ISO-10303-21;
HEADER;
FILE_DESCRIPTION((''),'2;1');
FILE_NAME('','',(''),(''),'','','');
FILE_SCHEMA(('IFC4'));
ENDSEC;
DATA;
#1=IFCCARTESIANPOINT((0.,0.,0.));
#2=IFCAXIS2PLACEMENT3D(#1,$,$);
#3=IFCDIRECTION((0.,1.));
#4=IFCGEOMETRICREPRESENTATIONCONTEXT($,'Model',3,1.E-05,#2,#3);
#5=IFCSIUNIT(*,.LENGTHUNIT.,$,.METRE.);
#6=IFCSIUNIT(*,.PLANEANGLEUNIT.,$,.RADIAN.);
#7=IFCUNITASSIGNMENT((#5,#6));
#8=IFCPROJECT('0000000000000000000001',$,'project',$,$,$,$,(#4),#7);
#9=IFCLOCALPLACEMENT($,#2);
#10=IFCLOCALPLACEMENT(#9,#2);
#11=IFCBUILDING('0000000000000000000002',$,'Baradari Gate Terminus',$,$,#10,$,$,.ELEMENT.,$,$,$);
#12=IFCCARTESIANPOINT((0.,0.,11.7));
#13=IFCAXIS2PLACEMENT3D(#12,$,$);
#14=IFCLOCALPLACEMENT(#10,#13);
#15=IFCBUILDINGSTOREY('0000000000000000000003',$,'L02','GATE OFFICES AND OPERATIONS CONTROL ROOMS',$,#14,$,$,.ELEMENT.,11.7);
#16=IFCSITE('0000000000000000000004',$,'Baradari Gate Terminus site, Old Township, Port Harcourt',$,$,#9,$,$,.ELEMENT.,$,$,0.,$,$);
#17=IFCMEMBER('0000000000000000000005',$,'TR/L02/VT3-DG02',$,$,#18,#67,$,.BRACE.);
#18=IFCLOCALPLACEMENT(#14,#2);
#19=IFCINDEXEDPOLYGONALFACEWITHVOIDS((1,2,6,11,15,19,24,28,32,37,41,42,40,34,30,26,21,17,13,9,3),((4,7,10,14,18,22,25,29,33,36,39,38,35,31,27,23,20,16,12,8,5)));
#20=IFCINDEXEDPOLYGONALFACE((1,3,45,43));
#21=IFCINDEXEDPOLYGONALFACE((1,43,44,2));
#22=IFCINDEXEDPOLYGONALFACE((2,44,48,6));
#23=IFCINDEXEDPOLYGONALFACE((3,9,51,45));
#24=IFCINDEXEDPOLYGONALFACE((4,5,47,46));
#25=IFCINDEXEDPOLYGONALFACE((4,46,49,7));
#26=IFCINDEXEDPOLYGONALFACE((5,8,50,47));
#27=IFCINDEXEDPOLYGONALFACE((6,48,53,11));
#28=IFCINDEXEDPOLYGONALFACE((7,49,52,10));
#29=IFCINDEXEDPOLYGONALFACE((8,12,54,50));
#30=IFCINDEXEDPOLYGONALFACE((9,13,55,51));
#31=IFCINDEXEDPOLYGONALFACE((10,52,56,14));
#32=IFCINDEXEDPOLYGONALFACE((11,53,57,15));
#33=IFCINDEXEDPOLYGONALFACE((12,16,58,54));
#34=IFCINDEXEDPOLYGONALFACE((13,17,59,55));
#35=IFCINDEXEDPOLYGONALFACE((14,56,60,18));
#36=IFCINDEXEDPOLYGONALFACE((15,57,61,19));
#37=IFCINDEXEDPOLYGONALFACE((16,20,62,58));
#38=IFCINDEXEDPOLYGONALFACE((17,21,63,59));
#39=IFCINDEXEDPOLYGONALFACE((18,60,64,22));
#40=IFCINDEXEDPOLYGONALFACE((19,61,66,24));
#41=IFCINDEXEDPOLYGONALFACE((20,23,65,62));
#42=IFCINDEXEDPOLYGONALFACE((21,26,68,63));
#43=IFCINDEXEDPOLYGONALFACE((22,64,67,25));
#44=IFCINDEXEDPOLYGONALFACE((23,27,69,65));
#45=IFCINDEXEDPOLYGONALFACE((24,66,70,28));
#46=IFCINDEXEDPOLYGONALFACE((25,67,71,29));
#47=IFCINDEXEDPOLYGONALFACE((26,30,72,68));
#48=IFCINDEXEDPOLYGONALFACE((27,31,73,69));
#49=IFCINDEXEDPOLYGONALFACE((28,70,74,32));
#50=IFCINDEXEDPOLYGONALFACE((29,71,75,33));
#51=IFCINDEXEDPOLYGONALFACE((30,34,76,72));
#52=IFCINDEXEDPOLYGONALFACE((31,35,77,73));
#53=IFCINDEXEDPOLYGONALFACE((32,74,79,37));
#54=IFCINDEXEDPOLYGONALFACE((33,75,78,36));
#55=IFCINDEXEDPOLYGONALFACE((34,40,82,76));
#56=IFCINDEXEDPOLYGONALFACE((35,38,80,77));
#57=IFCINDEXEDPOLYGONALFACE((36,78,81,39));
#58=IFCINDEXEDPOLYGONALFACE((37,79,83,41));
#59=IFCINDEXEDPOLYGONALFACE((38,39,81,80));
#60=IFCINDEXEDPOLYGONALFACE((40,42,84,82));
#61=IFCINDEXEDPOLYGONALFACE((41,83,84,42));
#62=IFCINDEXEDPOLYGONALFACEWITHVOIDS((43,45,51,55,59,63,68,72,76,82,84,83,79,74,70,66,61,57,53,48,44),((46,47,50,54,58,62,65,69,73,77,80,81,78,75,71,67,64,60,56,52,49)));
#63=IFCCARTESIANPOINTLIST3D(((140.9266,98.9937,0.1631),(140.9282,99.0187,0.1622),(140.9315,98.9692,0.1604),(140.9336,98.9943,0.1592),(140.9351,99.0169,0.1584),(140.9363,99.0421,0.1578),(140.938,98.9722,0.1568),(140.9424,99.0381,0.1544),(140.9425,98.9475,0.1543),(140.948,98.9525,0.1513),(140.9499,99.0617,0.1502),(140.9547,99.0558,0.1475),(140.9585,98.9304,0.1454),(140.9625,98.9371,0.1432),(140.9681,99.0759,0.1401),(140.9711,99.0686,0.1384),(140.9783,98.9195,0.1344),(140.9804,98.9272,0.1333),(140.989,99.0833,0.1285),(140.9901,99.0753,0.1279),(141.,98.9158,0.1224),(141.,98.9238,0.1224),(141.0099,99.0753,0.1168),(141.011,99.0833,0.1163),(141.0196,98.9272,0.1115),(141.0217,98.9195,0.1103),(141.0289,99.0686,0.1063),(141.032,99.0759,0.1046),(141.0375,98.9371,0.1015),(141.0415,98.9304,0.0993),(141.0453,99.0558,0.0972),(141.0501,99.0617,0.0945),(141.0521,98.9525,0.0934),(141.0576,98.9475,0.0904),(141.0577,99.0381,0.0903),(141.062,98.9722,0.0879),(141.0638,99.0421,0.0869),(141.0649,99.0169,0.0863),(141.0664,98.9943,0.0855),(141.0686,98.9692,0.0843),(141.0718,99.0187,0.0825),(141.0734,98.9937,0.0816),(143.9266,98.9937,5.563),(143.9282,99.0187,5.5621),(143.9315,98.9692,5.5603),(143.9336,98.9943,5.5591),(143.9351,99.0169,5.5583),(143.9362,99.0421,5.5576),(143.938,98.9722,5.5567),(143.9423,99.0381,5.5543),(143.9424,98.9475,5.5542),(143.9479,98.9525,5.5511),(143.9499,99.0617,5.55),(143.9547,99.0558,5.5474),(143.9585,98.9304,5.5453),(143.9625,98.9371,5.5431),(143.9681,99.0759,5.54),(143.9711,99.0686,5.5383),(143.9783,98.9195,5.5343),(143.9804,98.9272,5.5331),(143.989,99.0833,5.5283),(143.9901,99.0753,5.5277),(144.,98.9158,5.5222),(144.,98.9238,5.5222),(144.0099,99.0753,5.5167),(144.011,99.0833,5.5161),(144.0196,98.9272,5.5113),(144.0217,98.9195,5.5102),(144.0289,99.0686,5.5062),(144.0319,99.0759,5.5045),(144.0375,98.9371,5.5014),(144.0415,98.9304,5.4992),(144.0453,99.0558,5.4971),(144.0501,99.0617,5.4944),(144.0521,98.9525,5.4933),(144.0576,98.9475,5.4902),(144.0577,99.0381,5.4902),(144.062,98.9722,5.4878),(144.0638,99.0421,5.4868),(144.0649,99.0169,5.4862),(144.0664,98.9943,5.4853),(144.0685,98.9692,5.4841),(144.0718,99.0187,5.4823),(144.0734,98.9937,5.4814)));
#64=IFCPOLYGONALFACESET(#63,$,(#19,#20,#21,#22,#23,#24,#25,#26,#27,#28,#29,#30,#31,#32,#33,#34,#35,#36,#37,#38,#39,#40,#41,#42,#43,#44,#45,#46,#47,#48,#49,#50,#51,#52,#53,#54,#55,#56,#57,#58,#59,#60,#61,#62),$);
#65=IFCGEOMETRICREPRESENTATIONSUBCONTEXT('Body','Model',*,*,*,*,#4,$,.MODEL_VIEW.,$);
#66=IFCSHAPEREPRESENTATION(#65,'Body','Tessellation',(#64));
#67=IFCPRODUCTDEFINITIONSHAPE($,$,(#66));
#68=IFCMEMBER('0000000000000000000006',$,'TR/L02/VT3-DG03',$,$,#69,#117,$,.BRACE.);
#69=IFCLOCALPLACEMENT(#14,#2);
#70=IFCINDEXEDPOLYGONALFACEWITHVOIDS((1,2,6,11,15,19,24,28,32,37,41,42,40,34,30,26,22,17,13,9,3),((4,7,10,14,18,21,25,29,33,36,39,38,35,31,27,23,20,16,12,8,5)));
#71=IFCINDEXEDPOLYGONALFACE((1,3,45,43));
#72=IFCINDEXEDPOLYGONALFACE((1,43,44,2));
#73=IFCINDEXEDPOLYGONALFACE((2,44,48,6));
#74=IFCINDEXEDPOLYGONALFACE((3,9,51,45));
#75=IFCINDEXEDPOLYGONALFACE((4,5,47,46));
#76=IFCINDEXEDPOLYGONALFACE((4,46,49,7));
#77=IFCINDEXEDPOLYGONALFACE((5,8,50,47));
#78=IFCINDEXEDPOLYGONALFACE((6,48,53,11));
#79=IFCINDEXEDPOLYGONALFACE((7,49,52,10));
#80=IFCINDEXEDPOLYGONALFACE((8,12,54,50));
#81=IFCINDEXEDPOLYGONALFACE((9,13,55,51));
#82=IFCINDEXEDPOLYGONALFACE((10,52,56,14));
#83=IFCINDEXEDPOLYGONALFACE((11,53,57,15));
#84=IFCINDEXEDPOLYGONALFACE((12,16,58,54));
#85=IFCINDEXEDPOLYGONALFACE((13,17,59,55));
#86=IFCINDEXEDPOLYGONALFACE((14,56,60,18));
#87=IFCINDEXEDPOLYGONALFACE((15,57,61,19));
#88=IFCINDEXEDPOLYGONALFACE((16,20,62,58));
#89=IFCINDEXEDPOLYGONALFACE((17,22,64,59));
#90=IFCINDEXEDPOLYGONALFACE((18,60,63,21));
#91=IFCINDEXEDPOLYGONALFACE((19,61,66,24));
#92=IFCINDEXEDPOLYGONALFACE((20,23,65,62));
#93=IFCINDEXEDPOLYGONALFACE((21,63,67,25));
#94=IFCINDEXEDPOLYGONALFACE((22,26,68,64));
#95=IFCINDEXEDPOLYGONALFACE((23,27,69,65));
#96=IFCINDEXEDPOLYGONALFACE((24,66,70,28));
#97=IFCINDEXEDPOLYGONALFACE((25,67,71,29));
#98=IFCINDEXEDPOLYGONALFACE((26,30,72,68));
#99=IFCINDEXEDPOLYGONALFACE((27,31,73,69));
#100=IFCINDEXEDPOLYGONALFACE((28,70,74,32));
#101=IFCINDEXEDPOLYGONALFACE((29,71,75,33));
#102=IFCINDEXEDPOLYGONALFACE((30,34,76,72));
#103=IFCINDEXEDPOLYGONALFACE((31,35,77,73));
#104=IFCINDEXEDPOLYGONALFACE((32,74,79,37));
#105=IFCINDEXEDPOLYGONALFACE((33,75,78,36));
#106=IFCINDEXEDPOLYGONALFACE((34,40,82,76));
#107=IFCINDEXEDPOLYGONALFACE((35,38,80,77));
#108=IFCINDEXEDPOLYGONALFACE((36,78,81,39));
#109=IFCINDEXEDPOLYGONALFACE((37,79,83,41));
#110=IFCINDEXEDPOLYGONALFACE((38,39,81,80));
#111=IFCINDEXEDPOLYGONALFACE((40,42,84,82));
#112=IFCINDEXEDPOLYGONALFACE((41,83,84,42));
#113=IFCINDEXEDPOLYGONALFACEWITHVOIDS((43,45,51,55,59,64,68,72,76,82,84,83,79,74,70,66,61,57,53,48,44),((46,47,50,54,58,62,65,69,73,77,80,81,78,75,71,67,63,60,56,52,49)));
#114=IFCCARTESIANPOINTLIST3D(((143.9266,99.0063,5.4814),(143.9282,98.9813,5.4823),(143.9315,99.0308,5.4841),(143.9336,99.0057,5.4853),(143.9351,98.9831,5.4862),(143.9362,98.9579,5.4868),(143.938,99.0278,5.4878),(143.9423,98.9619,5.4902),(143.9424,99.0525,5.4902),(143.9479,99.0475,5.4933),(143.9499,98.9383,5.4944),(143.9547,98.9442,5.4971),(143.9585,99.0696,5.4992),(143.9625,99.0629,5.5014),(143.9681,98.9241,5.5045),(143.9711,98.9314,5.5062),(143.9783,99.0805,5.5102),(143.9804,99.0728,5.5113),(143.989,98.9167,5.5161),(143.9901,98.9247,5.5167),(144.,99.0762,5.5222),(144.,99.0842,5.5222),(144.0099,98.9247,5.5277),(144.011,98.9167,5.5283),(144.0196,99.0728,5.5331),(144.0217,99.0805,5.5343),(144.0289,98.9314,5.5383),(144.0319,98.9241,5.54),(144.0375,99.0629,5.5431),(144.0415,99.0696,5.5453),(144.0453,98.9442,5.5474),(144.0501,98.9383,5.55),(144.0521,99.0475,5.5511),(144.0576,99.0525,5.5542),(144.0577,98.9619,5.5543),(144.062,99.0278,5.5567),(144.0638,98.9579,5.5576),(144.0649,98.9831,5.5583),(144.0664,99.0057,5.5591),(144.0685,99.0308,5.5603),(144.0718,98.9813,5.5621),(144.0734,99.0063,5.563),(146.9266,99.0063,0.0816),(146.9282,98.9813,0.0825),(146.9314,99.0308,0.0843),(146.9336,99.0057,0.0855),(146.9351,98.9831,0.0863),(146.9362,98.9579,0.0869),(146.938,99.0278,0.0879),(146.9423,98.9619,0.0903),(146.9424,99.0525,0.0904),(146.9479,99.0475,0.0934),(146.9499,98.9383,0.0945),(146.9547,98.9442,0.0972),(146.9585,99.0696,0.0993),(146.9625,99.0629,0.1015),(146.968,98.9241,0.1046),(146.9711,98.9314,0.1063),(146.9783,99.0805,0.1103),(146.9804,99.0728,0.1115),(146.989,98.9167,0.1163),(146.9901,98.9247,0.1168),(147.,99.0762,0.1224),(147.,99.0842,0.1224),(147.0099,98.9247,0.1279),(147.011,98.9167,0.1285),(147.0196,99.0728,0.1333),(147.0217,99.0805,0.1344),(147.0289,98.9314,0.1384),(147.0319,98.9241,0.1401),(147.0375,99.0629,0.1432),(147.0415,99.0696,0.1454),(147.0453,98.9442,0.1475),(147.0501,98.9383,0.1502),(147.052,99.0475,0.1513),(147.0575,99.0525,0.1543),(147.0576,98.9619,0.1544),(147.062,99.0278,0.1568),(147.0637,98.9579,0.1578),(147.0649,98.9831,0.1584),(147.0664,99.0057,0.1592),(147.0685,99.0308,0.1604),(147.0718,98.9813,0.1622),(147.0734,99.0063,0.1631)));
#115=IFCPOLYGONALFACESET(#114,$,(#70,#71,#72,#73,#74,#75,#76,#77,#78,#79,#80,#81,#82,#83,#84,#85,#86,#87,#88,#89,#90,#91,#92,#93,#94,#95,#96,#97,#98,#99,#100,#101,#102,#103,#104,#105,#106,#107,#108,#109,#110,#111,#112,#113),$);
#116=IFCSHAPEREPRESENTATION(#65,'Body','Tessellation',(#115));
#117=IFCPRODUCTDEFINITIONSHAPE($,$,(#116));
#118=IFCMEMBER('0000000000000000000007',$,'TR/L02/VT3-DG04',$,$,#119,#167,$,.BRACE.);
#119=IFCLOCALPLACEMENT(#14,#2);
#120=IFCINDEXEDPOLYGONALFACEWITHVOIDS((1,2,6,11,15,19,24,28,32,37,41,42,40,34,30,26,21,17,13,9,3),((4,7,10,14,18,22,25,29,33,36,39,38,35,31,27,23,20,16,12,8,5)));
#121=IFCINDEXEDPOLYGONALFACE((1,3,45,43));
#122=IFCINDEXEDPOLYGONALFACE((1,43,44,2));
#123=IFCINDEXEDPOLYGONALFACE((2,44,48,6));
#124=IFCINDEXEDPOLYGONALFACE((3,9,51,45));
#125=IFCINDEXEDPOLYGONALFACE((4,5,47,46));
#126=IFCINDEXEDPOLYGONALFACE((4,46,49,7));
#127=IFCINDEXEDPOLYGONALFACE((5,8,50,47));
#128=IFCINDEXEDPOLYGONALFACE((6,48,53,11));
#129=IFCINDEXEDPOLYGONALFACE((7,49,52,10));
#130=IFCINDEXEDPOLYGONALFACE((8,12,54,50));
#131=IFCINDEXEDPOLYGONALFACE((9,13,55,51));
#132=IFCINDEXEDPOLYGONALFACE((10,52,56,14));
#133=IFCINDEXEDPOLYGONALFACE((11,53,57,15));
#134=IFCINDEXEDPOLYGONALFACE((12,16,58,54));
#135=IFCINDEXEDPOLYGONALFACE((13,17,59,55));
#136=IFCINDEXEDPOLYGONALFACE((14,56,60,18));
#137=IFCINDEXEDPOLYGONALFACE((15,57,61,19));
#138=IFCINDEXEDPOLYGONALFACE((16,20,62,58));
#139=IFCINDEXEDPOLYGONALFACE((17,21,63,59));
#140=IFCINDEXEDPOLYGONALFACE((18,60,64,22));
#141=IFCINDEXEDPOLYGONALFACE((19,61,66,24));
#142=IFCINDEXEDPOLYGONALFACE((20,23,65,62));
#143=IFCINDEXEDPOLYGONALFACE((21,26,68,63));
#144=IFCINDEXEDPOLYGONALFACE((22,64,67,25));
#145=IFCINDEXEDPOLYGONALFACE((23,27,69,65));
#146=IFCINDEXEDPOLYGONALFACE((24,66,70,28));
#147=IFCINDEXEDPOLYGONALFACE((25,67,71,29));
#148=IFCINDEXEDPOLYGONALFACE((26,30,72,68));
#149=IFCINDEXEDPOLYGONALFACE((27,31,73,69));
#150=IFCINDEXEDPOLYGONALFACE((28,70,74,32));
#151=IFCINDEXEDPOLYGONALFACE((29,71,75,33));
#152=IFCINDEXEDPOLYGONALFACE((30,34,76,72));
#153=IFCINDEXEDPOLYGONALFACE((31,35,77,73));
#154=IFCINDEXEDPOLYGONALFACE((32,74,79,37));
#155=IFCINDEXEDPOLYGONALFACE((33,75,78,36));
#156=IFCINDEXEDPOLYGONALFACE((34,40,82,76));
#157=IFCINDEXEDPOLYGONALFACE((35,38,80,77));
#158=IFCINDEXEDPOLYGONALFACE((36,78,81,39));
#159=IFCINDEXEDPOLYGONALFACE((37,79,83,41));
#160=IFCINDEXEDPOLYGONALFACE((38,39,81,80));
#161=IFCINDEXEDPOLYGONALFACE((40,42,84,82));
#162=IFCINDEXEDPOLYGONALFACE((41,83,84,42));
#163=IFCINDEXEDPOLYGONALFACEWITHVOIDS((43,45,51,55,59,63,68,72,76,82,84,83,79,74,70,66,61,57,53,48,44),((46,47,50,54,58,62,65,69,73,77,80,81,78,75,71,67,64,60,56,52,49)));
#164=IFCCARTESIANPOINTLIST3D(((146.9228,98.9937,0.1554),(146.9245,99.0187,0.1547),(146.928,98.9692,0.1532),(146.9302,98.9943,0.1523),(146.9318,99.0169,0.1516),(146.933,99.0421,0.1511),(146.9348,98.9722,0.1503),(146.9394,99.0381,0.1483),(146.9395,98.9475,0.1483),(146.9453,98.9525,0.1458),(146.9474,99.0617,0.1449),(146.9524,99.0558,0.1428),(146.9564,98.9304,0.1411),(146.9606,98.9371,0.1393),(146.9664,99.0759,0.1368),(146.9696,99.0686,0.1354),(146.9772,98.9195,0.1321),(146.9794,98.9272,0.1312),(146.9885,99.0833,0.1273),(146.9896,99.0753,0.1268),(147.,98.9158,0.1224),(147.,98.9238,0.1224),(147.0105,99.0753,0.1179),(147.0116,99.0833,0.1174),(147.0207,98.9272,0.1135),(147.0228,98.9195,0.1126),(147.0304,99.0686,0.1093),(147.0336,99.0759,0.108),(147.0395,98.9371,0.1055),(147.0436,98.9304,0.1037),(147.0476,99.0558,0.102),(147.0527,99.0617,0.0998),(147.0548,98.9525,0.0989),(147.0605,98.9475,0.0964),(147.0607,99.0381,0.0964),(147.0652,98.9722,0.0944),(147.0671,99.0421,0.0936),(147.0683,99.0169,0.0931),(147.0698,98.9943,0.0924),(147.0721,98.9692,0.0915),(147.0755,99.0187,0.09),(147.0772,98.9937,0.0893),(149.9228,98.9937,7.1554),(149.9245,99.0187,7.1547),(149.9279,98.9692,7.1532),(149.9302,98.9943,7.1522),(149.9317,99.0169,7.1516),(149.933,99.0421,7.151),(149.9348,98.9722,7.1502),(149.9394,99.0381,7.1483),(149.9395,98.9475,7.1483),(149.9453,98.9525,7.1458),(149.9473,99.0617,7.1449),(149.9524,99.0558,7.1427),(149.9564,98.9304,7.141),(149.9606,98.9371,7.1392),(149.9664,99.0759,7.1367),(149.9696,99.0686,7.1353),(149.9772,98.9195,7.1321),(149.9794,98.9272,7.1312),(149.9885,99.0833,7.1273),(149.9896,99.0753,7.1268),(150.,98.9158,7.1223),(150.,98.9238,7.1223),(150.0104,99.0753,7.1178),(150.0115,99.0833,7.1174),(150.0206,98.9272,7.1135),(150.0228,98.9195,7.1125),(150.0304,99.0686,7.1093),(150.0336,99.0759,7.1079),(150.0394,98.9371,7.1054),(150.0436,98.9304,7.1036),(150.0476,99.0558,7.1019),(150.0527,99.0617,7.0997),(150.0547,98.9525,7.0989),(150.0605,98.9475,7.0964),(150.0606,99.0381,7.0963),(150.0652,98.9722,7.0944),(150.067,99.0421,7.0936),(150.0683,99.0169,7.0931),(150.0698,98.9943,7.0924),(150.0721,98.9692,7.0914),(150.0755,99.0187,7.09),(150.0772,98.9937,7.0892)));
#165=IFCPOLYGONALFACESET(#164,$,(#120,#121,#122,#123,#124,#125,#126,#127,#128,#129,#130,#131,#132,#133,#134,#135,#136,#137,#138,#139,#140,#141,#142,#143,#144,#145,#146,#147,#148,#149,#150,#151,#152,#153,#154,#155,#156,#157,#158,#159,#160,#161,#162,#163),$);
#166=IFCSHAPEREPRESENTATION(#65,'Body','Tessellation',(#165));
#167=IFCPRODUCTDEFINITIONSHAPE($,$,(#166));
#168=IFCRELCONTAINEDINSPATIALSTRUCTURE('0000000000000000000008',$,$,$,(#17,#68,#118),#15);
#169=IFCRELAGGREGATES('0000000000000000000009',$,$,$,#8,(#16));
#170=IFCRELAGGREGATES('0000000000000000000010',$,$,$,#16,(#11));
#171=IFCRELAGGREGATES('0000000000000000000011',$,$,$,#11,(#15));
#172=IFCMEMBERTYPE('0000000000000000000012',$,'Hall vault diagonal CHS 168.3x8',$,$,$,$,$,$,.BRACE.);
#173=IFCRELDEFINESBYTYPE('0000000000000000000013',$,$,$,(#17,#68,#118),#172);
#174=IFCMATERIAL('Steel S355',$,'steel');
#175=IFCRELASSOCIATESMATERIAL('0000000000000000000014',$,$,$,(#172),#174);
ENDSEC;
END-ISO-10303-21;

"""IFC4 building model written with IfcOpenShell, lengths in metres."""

from ifc_helpers import new_model, si_unit, direction, frame, origin, origin_2d, place, context, subcontext, project, spatial, hollow_circle, extrude, material, material_profile, profile_set, type_object, element, save


model = new_model("IFC4")

# Units and contexts
model_context = context("Model", 3, precision=1e-05, world=origin(), true_north=direction((0.0, 1.0)))
body_context = subcontext(model_context, "Body", "Model", "MODEL_VIEW")
ifc_project = project(units=[si_unit("LENGTHUNIT", "METRE"), si_unit("PLANEANGLEUNIT", "RADIAN")], contexts=[model_context])

# Site, building, storey
site_placement = place(None, origin())
site = spatial("IfcSite", under=ifc_project, at=site_placement, Name="Baradari Gate Terminus site, Old Township, Port Harcourt", CompositionType="ELEMENT", RefElevation=0.0)
building_placement = place(site_placement, origin())
building = spatial("IfcBuilding", under=site, at=building_placement, Name="Baradari Gate Terminus", CompositionType="ELEMENT")
storey_placement = place(building_placement, frame((0.0, 0.0, 11.7)))
storey = spatial("IfcBuildingStorey", under=building, at=storey_placement, Name="L02", Description="GATE OFFICES AND OPERATIONS CONTROL ROOMS", CompositionType="ELEMENT", Elevation=11.7)

# Members
ifc_material_1 = material(Name="Steel S355", Category="steel")
ifc_material_profile_1 = material_profile(ifc_material_1, hollow_circle(Radius=0.0842, WallThickness=0.0081, at=origin_2d()), Name="CHS 168.3x8")
ifc_profile_set_1 = profile_set([ifc_material_profile_1], Name="Steel S355")
member_type_1 = type_object("IfcMemberType", Name="Hall vault diagonal CHS 168.3x8", PredefinedType="BRACE", material=ifc_profile_set_1)
for number, where, z_axis, x_axis, name in (
    (1, (144.0, 99.0, 5.5222), (-0.48565, 0.0, -0.874154), (0.0, -1.0, 0.0), "TR/L02/VT3-DG02"),
    (2, (144.0, 99.0, 5.5222), (0.48565, 0.0, -0.874154), (0.0, 1.0, 0.0), "TR/L02/VT3-DG03"),
):
    element("IfcMember", number, at=place(storey_placement, frame(where, z_axis=z_axis, x_axis=x_axis)), inside=storey, type_object=member_type_1, Name=name, PredefinedType="BRACE", context=body_context, shape_type="SweptSolid", body=[
        extrude(hollow_circle(Radius=0.0842, WallThickness=0.0081, at=origin_2d()), origin(), (0.0, 0.0, 1.0), 6.1772),
    ])
for number, where, z_axis, x_axis, name in (
    (3, (150.0, 99.0, 7.1223), (-0.393919, 0.0, -0.919145), (0.0, -1.0, 0.0), "TR/L02/VT3-DG04"),
):
    element("IfcMember", number, at=place(storey_placement, frame(where, z_axis=z_axis, x_axis=x_axis)), inside=storey, type_object=member_type_1, Name=name, PredefinedType="BRACE", context=body_context, shape_type="SweptSolid", body=[
        extrude(hollow_circle(Radius=0.0842, WallThickness=0.0081, at=origin_2d()), origin(), (0.0, 0.0, 1.0), 7.6157),
    ])

save(model, "model.ifc")
